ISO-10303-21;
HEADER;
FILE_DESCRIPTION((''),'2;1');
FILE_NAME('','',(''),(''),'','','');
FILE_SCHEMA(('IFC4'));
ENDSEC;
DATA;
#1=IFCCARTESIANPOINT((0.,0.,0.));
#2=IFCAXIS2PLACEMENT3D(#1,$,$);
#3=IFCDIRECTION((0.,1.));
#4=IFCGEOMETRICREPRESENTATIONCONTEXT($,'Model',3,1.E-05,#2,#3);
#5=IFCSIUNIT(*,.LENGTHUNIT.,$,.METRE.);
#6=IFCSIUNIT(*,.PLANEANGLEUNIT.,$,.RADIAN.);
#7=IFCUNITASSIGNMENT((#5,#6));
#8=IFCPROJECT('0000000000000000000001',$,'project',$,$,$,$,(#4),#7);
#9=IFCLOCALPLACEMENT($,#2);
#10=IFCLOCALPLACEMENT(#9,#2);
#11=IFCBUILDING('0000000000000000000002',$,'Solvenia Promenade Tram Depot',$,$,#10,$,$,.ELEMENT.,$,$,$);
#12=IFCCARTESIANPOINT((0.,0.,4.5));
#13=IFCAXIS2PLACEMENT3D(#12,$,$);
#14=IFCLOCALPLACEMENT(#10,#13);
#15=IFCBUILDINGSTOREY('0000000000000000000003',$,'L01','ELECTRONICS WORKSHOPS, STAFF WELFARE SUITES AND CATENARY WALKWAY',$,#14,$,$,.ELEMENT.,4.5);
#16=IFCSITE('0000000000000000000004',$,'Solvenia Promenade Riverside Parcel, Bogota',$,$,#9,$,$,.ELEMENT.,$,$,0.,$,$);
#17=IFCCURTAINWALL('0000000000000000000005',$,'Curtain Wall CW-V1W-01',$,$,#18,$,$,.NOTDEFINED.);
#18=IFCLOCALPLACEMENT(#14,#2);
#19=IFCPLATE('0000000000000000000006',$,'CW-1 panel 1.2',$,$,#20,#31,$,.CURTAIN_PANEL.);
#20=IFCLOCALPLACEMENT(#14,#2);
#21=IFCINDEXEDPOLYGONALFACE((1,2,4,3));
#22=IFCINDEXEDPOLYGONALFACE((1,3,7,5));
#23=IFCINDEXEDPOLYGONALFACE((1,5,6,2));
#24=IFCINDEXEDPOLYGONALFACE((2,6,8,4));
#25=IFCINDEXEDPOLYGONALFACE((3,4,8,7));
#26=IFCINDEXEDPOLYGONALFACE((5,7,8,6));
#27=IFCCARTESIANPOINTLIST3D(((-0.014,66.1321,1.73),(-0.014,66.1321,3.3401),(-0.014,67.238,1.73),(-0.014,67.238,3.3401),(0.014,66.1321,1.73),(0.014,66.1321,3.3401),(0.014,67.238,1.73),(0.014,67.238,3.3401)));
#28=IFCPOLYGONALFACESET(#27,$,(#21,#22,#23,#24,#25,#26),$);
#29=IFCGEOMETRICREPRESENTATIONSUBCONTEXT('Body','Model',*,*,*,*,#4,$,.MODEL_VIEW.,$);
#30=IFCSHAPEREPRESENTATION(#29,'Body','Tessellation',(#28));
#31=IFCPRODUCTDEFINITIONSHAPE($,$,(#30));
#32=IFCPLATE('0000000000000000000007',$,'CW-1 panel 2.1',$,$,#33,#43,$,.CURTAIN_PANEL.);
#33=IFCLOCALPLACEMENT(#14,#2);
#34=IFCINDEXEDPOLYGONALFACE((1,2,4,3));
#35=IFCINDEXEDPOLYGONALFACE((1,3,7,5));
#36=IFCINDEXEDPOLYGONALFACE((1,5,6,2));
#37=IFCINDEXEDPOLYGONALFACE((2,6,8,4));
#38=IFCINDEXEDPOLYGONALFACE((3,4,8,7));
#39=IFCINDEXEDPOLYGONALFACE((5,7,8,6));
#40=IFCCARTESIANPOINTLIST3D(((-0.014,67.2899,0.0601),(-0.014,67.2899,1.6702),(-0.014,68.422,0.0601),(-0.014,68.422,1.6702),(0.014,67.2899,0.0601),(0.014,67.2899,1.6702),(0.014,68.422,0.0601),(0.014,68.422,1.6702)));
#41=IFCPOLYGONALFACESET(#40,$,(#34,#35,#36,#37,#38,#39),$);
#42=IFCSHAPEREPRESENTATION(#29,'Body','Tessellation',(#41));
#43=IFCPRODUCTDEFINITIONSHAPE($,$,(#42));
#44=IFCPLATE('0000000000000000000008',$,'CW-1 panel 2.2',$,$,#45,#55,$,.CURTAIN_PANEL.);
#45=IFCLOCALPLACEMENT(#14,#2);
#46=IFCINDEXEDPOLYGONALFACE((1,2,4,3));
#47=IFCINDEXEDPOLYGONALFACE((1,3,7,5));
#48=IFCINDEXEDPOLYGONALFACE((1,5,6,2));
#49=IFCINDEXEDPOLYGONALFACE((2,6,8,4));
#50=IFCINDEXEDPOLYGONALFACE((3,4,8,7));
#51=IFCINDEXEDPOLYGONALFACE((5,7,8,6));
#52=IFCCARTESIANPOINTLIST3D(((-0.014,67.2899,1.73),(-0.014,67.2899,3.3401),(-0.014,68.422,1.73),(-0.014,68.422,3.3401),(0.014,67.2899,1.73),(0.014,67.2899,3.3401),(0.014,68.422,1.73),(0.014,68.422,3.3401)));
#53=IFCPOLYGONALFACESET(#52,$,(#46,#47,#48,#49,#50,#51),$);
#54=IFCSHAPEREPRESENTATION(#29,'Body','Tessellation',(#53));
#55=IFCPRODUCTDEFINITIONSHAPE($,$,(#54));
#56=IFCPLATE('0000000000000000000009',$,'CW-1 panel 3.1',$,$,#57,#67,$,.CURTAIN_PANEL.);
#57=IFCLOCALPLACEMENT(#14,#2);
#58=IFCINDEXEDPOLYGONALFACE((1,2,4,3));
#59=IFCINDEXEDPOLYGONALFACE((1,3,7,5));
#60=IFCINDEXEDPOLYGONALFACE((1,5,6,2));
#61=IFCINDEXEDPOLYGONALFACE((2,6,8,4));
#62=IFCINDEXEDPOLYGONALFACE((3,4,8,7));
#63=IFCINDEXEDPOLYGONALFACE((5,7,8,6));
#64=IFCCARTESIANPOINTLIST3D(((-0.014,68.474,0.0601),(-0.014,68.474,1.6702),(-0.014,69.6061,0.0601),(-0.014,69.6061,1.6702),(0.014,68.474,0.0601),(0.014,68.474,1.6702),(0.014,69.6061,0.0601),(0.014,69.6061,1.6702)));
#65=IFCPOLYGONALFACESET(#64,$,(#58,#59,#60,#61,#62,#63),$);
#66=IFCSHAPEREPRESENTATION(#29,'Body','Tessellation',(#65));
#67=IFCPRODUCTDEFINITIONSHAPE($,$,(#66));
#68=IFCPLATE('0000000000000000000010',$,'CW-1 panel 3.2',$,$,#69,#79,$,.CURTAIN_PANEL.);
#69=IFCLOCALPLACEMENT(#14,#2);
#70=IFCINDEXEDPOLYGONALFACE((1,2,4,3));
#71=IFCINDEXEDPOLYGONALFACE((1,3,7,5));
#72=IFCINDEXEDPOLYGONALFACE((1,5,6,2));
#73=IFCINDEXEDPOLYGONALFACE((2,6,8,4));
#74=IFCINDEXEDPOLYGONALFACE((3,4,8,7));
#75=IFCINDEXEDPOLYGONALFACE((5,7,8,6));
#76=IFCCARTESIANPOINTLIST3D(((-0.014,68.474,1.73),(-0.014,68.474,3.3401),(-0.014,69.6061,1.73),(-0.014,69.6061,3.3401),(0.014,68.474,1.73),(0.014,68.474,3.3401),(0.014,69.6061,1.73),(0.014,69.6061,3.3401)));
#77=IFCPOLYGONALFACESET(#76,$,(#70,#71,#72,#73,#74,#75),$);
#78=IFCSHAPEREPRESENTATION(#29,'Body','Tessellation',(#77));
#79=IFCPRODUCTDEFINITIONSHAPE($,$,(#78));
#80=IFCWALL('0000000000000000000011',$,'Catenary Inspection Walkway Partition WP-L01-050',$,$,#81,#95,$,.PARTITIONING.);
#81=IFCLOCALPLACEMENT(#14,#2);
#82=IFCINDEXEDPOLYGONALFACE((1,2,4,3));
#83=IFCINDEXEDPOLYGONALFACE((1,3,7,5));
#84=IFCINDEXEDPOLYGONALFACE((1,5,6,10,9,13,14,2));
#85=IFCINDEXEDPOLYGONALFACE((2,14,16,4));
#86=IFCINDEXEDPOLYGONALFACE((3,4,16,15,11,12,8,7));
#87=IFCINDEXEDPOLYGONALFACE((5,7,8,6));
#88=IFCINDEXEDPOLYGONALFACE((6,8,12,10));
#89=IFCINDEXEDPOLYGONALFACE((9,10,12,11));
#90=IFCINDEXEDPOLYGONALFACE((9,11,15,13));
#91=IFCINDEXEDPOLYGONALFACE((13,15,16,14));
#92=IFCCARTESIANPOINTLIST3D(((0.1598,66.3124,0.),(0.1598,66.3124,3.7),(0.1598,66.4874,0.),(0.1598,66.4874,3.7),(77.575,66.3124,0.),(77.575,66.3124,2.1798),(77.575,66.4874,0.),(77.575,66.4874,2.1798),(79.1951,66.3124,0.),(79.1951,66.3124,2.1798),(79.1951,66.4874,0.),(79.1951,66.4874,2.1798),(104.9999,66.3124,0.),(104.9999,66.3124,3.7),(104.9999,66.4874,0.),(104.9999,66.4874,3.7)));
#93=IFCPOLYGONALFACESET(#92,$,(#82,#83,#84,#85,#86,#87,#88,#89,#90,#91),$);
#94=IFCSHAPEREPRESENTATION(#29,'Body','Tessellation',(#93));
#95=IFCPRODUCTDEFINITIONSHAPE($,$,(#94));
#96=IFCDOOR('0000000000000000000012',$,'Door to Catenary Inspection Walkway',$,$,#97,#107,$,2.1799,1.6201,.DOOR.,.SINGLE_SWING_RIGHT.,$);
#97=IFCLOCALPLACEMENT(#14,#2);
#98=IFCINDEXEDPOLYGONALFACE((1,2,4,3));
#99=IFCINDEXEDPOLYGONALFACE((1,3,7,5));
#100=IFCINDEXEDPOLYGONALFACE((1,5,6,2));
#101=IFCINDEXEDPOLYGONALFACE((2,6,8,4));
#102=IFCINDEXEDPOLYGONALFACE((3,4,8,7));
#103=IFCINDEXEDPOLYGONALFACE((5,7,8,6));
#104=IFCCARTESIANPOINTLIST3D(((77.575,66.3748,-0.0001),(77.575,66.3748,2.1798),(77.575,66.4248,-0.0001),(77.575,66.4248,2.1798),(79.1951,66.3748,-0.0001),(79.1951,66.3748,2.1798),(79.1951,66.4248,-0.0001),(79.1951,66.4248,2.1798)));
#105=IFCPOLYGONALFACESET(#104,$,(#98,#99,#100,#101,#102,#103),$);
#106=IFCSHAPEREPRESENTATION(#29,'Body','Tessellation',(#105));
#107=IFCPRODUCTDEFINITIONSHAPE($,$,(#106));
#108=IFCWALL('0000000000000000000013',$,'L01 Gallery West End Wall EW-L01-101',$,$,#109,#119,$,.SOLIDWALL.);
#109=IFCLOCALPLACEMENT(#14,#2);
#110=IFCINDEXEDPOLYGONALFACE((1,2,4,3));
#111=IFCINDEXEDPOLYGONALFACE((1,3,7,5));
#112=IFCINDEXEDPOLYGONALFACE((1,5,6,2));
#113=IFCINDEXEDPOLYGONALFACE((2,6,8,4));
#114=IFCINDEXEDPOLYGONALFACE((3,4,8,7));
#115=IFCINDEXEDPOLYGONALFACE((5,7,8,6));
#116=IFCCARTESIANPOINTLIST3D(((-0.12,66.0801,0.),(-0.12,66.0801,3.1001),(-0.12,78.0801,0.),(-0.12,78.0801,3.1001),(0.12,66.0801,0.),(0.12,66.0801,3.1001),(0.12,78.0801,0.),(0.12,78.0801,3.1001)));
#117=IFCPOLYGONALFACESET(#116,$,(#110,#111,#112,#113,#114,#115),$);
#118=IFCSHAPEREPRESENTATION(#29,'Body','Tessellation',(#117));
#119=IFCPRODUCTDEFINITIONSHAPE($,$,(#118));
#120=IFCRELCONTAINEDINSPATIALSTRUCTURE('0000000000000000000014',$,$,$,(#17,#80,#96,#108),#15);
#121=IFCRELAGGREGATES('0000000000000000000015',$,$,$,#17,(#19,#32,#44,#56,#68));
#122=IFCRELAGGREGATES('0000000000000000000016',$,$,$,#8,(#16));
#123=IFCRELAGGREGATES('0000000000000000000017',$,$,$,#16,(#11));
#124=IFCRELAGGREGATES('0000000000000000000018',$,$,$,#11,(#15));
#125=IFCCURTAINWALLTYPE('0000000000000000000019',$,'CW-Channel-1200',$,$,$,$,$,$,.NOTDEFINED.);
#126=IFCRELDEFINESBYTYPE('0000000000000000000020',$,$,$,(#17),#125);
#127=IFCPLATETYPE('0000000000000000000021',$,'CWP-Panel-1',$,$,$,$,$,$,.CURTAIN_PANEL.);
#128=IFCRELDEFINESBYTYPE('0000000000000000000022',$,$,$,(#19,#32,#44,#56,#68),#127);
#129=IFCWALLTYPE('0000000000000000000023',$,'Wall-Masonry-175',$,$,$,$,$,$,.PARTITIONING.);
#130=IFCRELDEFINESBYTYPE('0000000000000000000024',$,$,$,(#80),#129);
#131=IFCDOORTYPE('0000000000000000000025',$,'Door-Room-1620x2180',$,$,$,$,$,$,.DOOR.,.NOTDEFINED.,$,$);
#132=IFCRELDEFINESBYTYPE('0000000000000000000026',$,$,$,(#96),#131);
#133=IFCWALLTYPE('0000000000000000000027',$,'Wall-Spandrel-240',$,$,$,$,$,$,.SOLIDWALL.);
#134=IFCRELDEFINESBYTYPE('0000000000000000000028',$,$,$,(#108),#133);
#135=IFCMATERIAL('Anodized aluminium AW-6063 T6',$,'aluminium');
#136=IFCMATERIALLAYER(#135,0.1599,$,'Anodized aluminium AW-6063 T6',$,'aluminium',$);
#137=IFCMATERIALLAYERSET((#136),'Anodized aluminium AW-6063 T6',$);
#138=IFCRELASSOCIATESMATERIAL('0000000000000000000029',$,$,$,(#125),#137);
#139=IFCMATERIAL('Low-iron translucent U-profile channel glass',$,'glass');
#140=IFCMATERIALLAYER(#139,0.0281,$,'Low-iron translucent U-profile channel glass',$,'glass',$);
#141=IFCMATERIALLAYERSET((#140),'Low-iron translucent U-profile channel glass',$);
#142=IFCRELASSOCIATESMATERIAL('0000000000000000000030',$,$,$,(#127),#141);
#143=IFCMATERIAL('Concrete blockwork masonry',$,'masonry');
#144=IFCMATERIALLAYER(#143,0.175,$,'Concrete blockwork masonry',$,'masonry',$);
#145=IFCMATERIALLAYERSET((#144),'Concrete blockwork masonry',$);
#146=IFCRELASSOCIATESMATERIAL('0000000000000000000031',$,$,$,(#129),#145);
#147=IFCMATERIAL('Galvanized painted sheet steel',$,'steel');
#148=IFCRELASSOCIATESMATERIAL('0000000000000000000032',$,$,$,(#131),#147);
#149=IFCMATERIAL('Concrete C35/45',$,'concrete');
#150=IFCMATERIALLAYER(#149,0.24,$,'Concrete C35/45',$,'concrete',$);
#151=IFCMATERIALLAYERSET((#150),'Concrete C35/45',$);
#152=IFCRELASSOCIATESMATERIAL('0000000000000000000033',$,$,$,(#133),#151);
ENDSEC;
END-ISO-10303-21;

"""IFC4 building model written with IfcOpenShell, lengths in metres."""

from ifc_helpers import new_model, si_unit, direction, frame, frame_2d, origin, origin_2d, place, context, subcontext, project, spatial, rectangle, extrude, material, layer, layer_set, type_object, element, fill, aggregate, save


model = new_model("IFC4")

# Units and contexts
model_context = context("Model", 3, precision=1e-05, world=origin(), true_north=direction((0.0, 1.0)))
body_context = subcontext(model_context, "Body", "Model", "MODEL_VIEW")
ifc_project = project(units=[si_unit("LENGTHUNIT", "METRE"), si_unit("PLANEANGLEUNIT", "RADIAN")], contexts=[model_context])

# Site, building, storey
site_placement = place(None, origin())
site = spatial("IfcSite", under=ifc_project, at=site_placement, Name="Solvenia Promenade Riverside Parcel, Bogota", CompositionType="ELEMENT", RefElevation=0.0)
building_placement = place(site_placement, origin())
building = spatial("IfcBuilding", under=site, at=building_placement, Name="Solvenia Promenade Tram Depot", CompositionType="ELEMENT")
storey_placement = place(building_placement, frame((0.0, 0.0, 4.5)))
storey = spatial("IfcBuildingStorey", under=building, at=storey_placement, Name="L01", Description="ELECTRONICS WORKSHOPS, STAFF WELFARE SUITES AND CATENARY WALKWAY", CompositionType="ELEMENT", Elevation=4.5)

# Curtain wall
ifc_material_1 = material(Name="Anodized aluminium AW-6063 T6", Category="aluminium")
ifc_layer_1 = layer(ifc_material_1, 0.1599, Name="Anodized aluminium AW-6063 T6", Category="aluminium")
ifc_layer_set_1 = layer_set([ifc_layer_1], Name="Anodized aluminium AW-6063 T6")
curtain_wall_type = type_object("IfcCurtainWallType", Name="CW-Channel-1200", PredefinedType="NOTDEFINED", material=ifc_layer_set_1)
curtain_wall_placement = place(storey_placement, origin())
curtain_wall = element("IfcCurtainWall", 1, at=curtain_wall_placement, inside=storey, type_object=curtain_wall_type, Name="Curtain Wall CW-V1W-01", PredefinedType="NOTDEFINED")

# Plates
ifc_material_2 = material(Name="Low-iron translucent U-profile channel glass", Category="glass")
ifc_layer_2 = layer(ifc_material_2, 0.0281, Name="Low-iron translucent U-profile channel glass", Category="glass")
ifc_layer_set_2 = layer_set([ifc_layer_2], Name="Low-iron translucent U-profile channel glass")
plate_type = type_object("IfcPlateType", Name="CWP-Panel-1", PredefinedType="CURTAIN_PANEL", material=ifc_layer_set_2)
plate_1_placement = place(storey_placement, frame((0.0, 66.6851, 1.73), z_axis=(0.0, 0.0, 1.0), x_axis=(0.0, 1.0, 0.0)))
plate_1 = element("IfcPlate", 2, at=plate_1_placement, type_object=plate_type, Name="CW-1 panel 1.2", PredefinedType="CURTAIN_PANEL", context=body_context, shape_type="SweptSolid", body=[
    extrude(rectangle(XDim=1.106, YDim=0.0281, at=origin_2d()), origin(), (0.0, 0.0, 1.0), 1.6101),
])
plate_2_placement = place(storey_placement, frame((0.0, 67.856, 0.0601), z_axis=(0.0, 0.0, 1.0), x_axis=(0.0, 1.0, 0.0)))
plate_2 = element("IfcPlate", 3, at=plate_2_placement, type_object=plate_type, Name="CW-1 panel 2.1", PredefinedType="CURTAIN_PANEL", context=body_context, shape_type="SweptSolid", body=[
    extrude(rectangle(XDim=1.1321, YDim=0.0281, at=origin_2d()), origin(), (0.0, 0.0, 1.0), 1.6101),
])
plate_3_placement = place(storey_placement, frame((0.0, 67.856, 1.73), z_axis=(0.0, 0.0, 1.0), x_axis=(0.0, 1.0, 0.0)))
plate_3 = element("IfcPlate", 4, at=plate_3_placement, type_object=plate_type, Name="CW-1 panel 2.2", PredefinedType="CURTAIN_PANEL", context=body_context, shape_type="SweptSolid", body=[
    extrude(rectangle(XDim=1.1321, YDim=0.0281, at=origin_2d()), origin(), (0.0, 0.0, 1.0), 1.6101),
])
plate_4_placement = place(storey_placement, frame((0.0, 69.04, 0.0601), z_axis=(0.0, 0.0, 1.0), x_axis=(0.0, 1.0, 0.0)))
plate_4 = element("IfcPlate", 5, at=plate_4_placement, type_object=plate_type, Name="CW-1 panel 3.1", PredefinedType="CURTAIN_PANEL", context=body_context, shape_type="SweptSolid", body=[
    extrude(rectangle(XDim=1.1321, YDim=0.0281, at=origin_2d()), origin(), (0.0, 0.0, 1.0), 1.6101),
])
plate_5_placement = place(storey_placement, frame((0.0, 69.04, 1.73), z_axis=(0.0, 0.0, 1.0), x_axis=(0.0, 1.0, 0.0)))
plate_5 = element("IfcPlate", 6, at=plate_5_placement, type_object=plate_type, Name="CW-1 panel 3.2", PredefinedType="CURTAIN_PANEL", context=body_context, shape_type="SweptSolid", body=[
    extrude(rectangle(XDim=1.1321, YDim=0.0281, at=origin_2d()), origin(), (0.0, 0.0, 1.0), 1.6101),
])
aggregate(curtain_wall, [plate_1, plate_2, plate_3, plate_4, plate_5])

# Wall, opening, door
ifc_material_3 = material(Name="Concrete blockwork masonry", Category="masonry")
ifc_layer_3 = layer(ifc_material_3, 0.175, Name="Concrete blockwork masonry", Category="masonry")
ifc_layer_set_3 = layer_set([ifc_layer_3], Name="Concrete blockwork masonry")
wall_type_1 = type_object("IfcWallType", Name="Wall-Masonry-175", PredefinedType="PARTITIONING", material=ifc_layer_set_3)
wall_1_placement = place(storey_placement, frame((0.1599, 66.3999, 0.0), z_axis=(0.0, 0.0, 1.0), x_axis=(1.0, 0.0, 0.0)))
wall_1 = element("IfcWall", 7, at=wall_1_placement, inside=storey, type_object=wall_type_1, Name="Catenary Inspection Walkway Partition WP-L01-050", PredefinedType="PARTITIONING", context=body_context, shape_type="SweptSolid", body=[
    extrude(rectangle(XDim=104.8401, YDim=0.175, at=frame_2d((52.4199, 0.0))), origin(), (0.0, 0.0, 1.0), 3.7),
])
opening_placement = place(wall_1_placement, frame((77.415, 0.0, 0.0)))
opening = element("IfcOpeningElement", 8, at=opening_placement, cuts=wall_1, PredefinedType="OPENING", context=body_context, shape_type="SweptSolid", body=[
    extrude(rectangle(XDim=1.6201, YDim=2.1799, at=frame_2d((0.8101, 1.0898))), frame((0.0, 0.0974, 0.0), z_axis=(0.0, -1.0, 0.0), x_axis=(1.0, 0.0, 0.0)), (0.0, 0.0, 1.0), 0.1951),
])
ifc_material_4 = material(Name="Galvanized painted sheet steel", Category="steel")
door_type = type_object("IfcDoorType", Name="Door-Room-1620x2180", OperationType="NOTDEFINED", PredefinedType="DOOR", material=ifc_material_4)
door_placement = place(opening_placement, origin())
door = element("IfcDoor", 9, at=door_placement, inside=storey, type_object=door_type, Name="Door to Catenary Inspection Walkway", OperationType="SINGLE_SWING_RIGHT", OverallHeight=2.1799, OverallWidth=1.6201, PredefinedType="DOOR", context=body_context, shape_type="SweptSolid", body=[
    extrude(rectangle(XDim=1.6201, YDim=2.1799, at=frame_2d((0.8101, 1.0898))), frame((0.0, 0.0249, 0.0), z_axis=(0.0, -1.0, 0.0), x_axis=(1.0, 0.0, 0.0)), (0.0, 0.0, 1.0), 0.05),
])
fill(opening, door)

# Wall
ifc_material_5 = material(Name="Concrete C35/45", Category="concrete")
ifc_layer_4 = layer(ifc_material_5, 0.24, Name="Concrete C35/45", Category="concrete")
ifc_layer_set_4 = layer_set([ifc_layer_4], Name="Concrete C35/45")
wall_type_2 = type_object("IfcWallType", Name="Wall-Spandrel-240", PredefinedType="SOLIDWALL", material=ifc_layer_set_4)
wall_2_placement = place(storey_placement, frame((0.0, 66.0801, 0.0), z_axis=(0.0, 0.0, 1.0), x_axis=(0.0, 1.0, 0.0)))
element("IfcWall", 10, at=wall_2_placement, inside=storey, type_object=wall_type_2, Name="L01 Gallery West End Wall EW-L01-101", PredefinedType="SOLIDWALL", context=body_context, shape_type="SweptSolid", body=[
    extrude(rectangle(XDim=12.0, YDim=0.24, at=frame_2d((6.0, 0.0))), origin(), (0.0, 0.0, 1.0), 3.1001),
])

save(model, "model.ifc")
